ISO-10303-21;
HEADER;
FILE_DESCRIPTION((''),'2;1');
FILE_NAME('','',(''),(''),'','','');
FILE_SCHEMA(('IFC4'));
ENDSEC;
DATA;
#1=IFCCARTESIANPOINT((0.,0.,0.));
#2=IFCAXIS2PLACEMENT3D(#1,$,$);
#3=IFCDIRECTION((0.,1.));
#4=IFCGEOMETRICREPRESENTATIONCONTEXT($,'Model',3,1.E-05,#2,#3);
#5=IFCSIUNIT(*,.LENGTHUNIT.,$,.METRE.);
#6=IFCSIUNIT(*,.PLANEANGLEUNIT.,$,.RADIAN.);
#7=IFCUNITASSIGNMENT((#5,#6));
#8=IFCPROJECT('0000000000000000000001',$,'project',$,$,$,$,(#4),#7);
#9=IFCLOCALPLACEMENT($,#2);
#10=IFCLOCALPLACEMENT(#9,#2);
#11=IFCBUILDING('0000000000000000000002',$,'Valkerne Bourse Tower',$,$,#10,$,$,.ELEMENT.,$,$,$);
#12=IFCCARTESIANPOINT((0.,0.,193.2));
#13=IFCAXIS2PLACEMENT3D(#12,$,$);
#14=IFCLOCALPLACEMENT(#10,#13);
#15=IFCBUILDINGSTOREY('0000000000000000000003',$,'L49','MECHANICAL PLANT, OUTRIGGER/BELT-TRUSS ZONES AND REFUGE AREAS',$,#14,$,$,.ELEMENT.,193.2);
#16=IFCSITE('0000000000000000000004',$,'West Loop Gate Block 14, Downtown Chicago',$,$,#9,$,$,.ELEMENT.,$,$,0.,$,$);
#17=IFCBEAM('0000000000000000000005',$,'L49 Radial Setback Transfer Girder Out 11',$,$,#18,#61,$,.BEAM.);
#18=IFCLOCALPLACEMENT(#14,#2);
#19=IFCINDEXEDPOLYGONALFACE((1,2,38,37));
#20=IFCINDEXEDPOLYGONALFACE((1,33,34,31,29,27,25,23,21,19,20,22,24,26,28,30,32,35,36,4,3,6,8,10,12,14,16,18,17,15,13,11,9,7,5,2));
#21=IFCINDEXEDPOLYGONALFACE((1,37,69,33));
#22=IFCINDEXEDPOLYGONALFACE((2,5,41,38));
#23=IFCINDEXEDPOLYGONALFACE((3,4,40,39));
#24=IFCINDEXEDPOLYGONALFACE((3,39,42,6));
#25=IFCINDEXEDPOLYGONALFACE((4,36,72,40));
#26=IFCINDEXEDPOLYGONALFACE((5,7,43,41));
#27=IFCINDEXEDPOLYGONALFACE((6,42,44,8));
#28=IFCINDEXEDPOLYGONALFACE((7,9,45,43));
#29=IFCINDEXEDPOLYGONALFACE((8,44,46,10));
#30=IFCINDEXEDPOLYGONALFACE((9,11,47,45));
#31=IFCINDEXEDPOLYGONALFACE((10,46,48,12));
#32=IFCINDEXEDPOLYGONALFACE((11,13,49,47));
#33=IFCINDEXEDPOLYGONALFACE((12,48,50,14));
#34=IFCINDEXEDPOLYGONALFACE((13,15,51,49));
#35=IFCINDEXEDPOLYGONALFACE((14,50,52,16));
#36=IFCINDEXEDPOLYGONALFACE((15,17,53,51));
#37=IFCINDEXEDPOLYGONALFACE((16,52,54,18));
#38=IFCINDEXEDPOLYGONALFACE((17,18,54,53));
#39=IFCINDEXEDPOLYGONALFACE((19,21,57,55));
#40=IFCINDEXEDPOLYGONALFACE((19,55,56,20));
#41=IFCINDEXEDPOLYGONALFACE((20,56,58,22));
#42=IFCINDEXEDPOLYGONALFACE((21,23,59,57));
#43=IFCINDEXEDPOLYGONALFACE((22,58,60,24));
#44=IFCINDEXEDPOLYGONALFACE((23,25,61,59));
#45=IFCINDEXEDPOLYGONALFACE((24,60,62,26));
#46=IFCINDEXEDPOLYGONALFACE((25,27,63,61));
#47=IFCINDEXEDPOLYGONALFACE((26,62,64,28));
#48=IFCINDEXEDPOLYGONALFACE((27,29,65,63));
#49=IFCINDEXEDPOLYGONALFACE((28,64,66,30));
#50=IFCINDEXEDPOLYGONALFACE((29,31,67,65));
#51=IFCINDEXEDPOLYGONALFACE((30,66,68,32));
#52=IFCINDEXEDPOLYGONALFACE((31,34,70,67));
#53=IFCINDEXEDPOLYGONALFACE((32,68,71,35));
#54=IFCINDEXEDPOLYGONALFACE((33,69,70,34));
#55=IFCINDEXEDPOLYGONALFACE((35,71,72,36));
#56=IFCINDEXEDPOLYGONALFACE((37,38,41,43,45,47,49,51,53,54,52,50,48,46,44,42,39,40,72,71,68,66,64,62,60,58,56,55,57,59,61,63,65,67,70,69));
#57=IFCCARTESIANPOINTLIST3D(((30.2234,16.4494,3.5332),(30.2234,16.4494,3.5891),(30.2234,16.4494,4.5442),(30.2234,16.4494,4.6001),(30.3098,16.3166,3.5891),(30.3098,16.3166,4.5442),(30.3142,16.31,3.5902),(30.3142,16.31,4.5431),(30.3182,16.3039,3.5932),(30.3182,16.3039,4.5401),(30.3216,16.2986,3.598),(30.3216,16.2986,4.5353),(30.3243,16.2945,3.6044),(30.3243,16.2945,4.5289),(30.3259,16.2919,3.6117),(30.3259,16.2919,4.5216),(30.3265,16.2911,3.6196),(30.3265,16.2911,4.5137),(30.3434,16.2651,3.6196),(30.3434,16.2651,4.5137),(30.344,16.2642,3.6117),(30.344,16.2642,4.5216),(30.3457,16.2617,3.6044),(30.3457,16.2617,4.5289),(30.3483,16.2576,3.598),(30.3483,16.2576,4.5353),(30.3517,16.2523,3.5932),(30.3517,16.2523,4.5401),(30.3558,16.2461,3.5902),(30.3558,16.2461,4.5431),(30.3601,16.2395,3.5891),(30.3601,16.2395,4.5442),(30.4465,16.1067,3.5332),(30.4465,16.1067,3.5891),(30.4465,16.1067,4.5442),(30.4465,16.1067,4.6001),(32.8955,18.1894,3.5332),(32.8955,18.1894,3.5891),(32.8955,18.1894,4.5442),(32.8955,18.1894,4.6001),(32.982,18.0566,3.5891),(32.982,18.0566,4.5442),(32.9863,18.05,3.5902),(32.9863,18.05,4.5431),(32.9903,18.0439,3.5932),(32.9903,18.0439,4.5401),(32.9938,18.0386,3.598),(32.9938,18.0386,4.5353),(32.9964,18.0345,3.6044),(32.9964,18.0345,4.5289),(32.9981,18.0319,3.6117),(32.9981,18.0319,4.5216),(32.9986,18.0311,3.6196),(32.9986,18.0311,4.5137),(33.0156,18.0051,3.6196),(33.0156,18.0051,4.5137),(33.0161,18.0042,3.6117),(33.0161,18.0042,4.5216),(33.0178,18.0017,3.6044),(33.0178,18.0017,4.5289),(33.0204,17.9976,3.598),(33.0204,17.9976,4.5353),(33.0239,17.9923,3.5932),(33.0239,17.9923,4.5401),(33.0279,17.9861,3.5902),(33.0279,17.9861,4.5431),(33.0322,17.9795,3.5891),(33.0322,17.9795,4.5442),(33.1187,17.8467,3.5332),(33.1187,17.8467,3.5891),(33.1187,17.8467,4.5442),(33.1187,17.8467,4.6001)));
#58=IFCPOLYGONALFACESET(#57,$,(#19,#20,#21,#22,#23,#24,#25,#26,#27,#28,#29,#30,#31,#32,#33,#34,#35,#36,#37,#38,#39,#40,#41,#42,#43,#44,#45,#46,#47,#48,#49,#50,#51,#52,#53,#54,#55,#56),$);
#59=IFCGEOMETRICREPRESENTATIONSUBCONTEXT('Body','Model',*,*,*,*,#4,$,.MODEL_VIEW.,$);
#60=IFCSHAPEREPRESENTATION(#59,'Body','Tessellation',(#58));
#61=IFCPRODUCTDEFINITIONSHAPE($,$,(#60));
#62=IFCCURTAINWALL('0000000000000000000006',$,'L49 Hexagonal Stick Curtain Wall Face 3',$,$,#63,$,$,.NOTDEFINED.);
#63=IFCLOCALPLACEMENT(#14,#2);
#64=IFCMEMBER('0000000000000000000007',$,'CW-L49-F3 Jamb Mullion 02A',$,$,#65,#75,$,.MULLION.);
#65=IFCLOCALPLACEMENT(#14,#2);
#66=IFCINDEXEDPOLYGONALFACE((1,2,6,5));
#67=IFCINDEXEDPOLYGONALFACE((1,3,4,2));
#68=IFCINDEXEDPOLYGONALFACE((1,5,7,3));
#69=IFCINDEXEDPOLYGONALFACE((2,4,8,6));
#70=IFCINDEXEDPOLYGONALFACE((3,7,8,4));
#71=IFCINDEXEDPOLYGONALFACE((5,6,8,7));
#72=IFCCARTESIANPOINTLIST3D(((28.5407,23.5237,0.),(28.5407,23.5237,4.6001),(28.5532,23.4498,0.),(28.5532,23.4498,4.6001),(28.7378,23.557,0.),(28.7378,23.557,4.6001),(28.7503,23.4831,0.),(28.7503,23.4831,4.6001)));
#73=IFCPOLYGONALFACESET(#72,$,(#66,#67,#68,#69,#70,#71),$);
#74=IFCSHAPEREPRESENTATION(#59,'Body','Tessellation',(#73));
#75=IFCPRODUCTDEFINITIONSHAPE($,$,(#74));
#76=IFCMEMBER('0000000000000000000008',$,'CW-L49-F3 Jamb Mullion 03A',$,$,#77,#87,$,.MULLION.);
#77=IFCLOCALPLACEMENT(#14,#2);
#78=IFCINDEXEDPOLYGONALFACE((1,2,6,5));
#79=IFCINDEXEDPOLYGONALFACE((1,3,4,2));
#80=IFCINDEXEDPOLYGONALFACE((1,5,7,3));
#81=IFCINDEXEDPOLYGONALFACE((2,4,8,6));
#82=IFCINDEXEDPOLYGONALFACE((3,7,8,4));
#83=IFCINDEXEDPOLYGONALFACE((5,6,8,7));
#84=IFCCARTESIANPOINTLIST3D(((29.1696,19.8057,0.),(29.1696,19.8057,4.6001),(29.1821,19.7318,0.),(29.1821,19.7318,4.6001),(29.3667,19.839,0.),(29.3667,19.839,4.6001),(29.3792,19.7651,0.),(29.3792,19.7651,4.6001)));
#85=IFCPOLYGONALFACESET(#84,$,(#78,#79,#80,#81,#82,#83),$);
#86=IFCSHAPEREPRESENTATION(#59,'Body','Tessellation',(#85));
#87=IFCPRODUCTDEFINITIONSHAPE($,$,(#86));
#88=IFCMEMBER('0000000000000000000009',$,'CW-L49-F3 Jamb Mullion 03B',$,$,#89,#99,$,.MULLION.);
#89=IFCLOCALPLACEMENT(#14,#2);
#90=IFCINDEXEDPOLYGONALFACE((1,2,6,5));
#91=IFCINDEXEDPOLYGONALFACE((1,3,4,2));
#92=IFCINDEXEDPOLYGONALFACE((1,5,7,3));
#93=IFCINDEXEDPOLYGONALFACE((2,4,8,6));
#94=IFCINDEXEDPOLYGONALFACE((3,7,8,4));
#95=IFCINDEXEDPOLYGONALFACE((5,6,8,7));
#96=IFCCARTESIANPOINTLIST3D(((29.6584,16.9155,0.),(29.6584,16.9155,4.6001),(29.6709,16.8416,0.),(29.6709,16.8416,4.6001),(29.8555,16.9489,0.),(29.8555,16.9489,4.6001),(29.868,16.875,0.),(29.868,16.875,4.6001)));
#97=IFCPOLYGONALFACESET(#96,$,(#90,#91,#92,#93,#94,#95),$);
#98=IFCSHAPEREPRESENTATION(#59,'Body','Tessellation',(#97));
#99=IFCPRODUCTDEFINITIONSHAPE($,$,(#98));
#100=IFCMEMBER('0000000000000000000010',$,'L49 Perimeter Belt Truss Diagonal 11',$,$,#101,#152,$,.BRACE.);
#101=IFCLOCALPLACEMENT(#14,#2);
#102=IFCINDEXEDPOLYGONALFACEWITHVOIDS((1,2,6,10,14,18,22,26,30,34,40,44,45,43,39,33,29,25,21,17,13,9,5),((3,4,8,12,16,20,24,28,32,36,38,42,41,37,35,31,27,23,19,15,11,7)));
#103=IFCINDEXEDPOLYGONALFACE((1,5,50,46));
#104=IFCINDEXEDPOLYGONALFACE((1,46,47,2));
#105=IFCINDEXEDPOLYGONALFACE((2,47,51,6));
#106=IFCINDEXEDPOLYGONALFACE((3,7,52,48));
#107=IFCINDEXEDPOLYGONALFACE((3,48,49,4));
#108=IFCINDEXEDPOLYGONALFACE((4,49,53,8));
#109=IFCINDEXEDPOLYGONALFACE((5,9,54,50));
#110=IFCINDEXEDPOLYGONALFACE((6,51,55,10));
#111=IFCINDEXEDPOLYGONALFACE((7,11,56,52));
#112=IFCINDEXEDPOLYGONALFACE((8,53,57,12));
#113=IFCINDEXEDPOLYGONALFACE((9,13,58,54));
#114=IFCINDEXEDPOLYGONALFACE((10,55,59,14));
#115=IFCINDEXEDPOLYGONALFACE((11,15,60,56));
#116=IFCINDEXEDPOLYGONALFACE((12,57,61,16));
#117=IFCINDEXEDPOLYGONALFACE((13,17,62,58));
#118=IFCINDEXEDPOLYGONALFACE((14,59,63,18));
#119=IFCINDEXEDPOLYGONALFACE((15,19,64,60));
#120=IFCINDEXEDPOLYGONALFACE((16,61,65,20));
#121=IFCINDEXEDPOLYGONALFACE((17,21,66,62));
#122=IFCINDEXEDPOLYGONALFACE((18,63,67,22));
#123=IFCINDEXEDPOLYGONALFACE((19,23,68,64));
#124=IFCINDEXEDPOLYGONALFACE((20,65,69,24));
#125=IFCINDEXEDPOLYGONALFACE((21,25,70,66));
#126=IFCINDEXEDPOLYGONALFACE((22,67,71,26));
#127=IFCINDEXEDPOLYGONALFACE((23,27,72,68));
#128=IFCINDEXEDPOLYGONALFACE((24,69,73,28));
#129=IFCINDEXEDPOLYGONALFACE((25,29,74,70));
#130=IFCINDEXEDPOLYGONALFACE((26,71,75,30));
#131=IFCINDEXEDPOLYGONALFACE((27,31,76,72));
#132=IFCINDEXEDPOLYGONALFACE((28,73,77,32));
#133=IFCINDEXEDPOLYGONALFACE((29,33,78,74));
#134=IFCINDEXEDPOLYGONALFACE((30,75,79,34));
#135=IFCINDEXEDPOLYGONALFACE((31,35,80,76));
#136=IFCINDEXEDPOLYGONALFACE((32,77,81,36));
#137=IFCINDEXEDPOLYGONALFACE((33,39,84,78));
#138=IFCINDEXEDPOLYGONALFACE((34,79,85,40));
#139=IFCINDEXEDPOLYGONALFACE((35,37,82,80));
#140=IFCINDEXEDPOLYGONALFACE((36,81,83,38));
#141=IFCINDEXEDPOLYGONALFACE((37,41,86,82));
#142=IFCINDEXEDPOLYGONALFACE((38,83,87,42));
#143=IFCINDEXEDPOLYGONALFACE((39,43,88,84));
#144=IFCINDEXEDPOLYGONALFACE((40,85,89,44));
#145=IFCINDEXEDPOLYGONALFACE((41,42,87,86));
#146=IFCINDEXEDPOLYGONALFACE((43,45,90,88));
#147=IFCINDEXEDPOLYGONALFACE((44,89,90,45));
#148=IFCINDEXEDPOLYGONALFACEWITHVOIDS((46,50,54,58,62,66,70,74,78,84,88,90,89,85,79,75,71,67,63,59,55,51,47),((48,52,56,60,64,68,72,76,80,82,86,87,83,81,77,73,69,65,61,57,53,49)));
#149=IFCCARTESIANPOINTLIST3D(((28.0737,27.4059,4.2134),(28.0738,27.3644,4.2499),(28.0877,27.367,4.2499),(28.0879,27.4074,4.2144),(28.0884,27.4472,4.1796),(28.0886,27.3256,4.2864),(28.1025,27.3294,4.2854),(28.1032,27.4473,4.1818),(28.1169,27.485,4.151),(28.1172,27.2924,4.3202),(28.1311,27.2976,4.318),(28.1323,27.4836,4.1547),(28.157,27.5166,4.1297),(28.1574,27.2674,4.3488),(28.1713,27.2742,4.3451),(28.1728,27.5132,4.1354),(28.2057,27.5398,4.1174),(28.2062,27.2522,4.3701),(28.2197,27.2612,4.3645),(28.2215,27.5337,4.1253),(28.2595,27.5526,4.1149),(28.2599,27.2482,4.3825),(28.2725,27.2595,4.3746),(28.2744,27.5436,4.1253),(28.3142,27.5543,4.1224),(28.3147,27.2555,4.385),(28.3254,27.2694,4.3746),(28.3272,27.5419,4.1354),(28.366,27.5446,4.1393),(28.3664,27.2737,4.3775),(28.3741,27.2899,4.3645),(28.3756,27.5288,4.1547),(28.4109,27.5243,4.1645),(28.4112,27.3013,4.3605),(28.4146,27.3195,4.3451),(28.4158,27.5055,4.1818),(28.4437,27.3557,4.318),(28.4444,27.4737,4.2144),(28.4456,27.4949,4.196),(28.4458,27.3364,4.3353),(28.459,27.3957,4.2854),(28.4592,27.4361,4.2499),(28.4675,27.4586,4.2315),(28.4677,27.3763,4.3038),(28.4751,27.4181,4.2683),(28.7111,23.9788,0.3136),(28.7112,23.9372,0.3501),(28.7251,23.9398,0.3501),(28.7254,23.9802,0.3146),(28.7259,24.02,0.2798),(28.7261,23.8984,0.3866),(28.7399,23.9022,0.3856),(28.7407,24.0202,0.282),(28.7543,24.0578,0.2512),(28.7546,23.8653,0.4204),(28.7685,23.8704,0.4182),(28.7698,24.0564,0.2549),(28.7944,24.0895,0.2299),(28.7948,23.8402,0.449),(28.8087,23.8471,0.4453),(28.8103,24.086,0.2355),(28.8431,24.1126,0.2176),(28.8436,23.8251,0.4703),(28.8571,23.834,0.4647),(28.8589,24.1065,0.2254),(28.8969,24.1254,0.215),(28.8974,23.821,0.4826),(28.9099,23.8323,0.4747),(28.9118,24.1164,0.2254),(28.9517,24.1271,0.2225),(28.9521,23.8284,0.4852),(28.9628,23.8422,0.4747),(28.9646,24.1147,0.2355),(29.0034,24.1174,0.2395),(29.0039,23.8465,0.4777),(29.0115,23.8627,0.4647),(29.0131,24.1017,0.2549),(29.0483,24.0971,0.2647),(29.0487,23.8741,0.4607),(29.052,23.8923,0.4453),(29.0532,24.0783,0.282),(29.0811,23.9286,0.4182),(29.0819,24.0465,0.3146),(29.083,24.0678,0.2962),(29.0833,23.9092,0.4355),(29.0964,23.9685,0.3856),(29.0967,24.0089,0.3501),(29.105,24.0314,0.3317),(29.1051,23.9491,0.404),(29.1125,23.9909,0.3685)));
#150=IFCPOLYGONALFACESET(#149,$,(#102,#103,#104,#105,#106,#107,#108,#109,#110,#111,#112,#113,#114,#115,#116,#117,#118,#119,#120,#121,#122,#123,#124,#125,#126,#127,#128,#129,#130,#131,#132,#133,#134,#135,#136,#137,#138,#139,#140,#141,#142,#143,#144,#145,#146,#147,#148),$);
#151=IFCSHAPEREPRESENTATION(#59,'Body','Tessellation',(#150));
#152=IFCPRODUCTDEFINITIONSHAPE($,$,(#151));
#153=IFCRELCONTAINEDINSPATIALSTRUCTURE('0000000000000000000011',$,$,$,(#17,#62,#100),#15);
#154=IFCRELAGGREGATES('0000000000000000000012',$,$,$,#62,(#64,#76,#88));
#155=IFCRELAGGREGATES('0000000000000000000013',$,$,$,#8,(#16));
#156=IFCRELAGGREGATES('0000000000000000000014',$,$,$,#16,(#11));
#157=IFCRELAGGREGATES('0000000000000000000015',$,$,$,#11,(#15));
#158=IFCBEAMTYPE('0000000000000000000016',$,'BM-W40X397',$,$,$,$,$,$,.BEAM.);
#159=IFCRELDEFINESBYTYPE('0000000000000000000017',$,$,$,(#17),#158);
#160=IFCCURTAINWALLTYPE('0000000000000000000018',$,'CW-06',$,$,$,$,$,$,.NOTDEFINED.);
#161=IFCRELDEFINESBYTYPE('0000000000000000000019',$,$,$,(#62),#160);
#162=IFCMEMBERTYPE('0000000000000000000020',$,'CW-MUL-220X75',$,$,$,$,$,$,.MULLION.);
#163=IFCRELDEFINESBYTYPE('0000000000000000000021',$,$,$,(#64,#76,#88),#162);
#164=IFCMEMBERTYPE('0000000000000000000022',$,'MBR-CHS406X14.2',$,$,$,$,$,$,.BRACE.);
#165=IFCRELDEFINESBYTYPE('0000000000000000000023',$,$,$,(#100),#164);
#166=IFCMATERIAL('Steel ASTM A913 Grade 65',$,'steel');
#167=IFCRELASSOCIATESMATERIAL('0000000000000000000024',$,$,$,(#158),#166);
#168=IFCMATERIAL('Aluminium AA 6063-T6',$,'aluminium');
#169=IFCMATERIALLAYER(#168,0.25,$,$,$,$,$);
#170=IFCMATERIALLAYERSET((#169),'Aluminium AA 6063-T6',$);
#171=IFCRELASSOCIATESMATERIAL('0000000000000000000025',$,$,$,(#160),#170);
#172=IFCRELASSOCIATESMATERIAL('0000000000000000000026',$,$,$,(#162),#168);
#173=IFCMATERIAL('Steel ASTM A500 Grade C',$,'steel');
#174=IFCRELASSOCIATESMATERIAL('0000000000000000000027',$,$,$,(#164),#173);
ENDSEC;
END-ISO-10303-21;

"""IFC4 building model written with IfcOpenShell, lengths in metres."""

from ifc_helpers import new_model, si_unit, direction, frame, origin, origin_2d, place, context, subcontext, project, spatial, rectangle, hollow_circle, i_section, extrude, material, layer, layer_set, material_profile, profile_set, type_object, element, aggregate, save


model = new_model("IFC4")

# Units and contexts
model_context = context("Model", 3, precision=1e-05, world=origin(), true_north=direction((0.0, 1.0)))
body_context = subcontext(model_context, "Body", "Model", "MODEL_VIEW")
ifc_project = project(units=[si_unit("LENGTHUNIT", "METRE"), si_unit("PLANEANGLEUNIT", "RADIAN")], contexts=[model_context])

# Site, building, storey
site_placement = place(None, origin())
site = spatial("IfcSite", under=ifc_project, at=site_placement, Name="West Loop Gate Block 14, Downtown Chicago", CompositionType="ELEMENT", RefElevation=0.0)
building_placement = place(site_placement, origin())
building = spatial("IfcBuilding", under=site, at=building_placement, Name="Valkerne Bourse Tower", CompositionType="ELEMENT")
storey_placement = place(building_placement, frame((0.0, 0.0, 193.2)))
storey = spatial("IfcBuildingStorey", under=building, at=storey_placement, Name="L49", Description="MECHANICAL PLANT, OUTRIGGER/BELT-TRUSS ZONES AND REFUGE AREAS", CompositionType="ELEMENT", Elevation=193.2)

# Shared definitions
ifc_material_1 = material(Name="Steel ASTM A913 Grade 65", Category="steel")

# Beam
ifc_material_profile_1 = material_profile(ifc_material_1, i_section(OverallWidth=0.4089, OverallDepth=1.0669, WebThickness=0.031, FlangeThickness=0.0559, FilletRadius=0.0305, at=origin_2d()), Name="W40X397")
ifc_profile_set_1 = profile_set([ifc_material_profile_1], Name="Steel ASTM A913 Grade 65")
beam_type_1 = type_object("IfcBeamType", Name="BM-W40X397", PredefinedType="BEAM", material=ifc_profile_set_1)
beam_1_placement = place(storey_placement, frame((30.335, 16.2781, 4.0667), z_axis=(0.837997, 0.545674, 0.0), x_axis=(-0.545674, 0.837997, 0.0)))
element("IfcBeam", 1, at=beam_1_placement, inside=storey, type_object=beam_type_1, Name="L49 Radial Setback Transfer Girder Out 11", PredefinedType="BEAM", context=body_context, shape_type="SweptSolid", body=[
    extrude(i_section(OverallWidth=0.4089, OverallDepth=1.0669, WebThickness=0.031, FlangeThickness=0.0559, FilletRadius=0.0305, at=origin_2d()), origin(), (0.0, 0.0, 1.0), 3.1887),
])

# Curtain wall, members
ifc_material_2 = material(Name="Aluminium AA 6063-T6", Category="aluminium")
ifc_layer_1 = layer(ifc_material_2, 0.25)
ifc_layer_set_1 = layer_set([ifc_layer_1], Name="Aluminium AA 6063-T6")
curtain_wall_type = type_object("IfcCurtainWallType", Name="CW-06", PredefinedType="NOTDEFINED", material=ifc_layer_set_1)
curtain_wall_placement = place(storey_placement, origin())
curtain_wall = element("IfcCurtainWall", 2, at=curtain_wall_placement, inside=storey, type_object=curtain_wall_type, Name="L49 Hexagonal Stick Curtain Wall Face 3", PredefinedType="NOTDEFINED")
ifc_material_profile_2 = material_profile(ifc_material_2, rectangle(XDim=0.075, YDim=0.2, at=origin_2d()), Name="CWM-75X200")
ifc_profile_set_2 = profile_set([ifc_material_profile_2], Name="Aluminium AA 6063-T6")
member_type_1 = type_object("IfcMemberType", Name="CW-MUL-220X75", PredefinedType="MULLION", material=ifc_profile_set_2)
member_1_placement = place(storey_placement, frame((28.6455, 23.5034, 0.0), z_axis=(0.0, 0.0, 1.0), x_axis=(0.166772, -0.985995, 0.0)))
member_1 = element("IfcMember", 3, at=member_1_placement, type_object=member_type_1, Name="CW-L49-F3 Jamb Mullion 02A", PredefinedType="MULLION", context=body_context, shape_type="SweptSolid", body=[
    extrude(rectangle(XDim=0.075, YDim=0.2, at=origin_2d()), origin(), (0.0, 0.0, 1.0), 4.6001),
])
member_2_placement = place(storey_placement, frame((29.2744, 19.7854, 0.0), z_axis=(0.0, 0.0, 1.0), x_axis=(0.166772, -0.985995, 0.0)))
member_2 = element("IfcMember", 4, at=member_2_placement, type_object=member_type_1, Name="CW-L49-F3 Jamb Mullion 03A", PredefinedType="MULLION", context=body_context, shape_type="SweptSolid", body=[
    extrude(rectangle(XDim=0.075, YDim=0.2, at=origin_2d()), origin(), (0.0, 0.0, 1.0), 4.6001),
])
member_3_placement = place(storey_placement, frame((29.7632, 16.8953, 0.0), z_axis=(0.0, 0.0, 1.0), x_axis=(0.166772, -0.985995, 0.0)))
member_3 = element("IfcMember", 5, at=member_3_placement, type_object=member_type_1, Name="CW-L49-F3 Jamb Mullion 03B", PredefinedType="MULLION", context=body_context, shape_type="SweptSolid", body=[
    extrude(rectangle(XDim=0.075, YDim=0.2, at=origin_2d()), origin(), (0.0, 0.0, 1.0), 4.6001),
])

# Member
ifc_material_3 = material(Name="Steel ASTM A500 Grade C", Category="steel")
ifc_material_profile_3 = material_profile(ifc_material_3, hollow_circle(Radius=0.2031, WallThickness=0.0142, at=origin_2d()), Name="CHS406X14.2")
ifc_profile_set_3 = profile_set([ifc_material_profile_3], Name="Steel ASTM A500 Grade C")
member_type_2 = type_object("IfcMemberType", Name="MBR-CHS406X14.2", PredefinedType="BRACE", material=ifc_profile_set_3)
member_4_placement = place(storey_placement, frame((28.9109, 23.9744, 0.3501), z_axis=(-0.121864, 0.655201, 0.745561), x_axis=(-0.983139, -0.182859, 0.0)))
element("IfcMember", 6, at=member_4_placement, inside=storey, type_object=member_type_2, Name="L49 Perimeter Belt Truss Diagonal 11", PredefinedType="BRACE", context=body_context, shape_type="SweptSolid", body=[
    extrude(hollow_circle(Radius=0.2031, WallThickness=0.0142, at=origin_2d()), origin(), (0.0, 0.0, 1.0), 5.2307),
])

aggregate(curtain_wall, [member_1, member_2, member_3])

save(model, "model.ifc")
